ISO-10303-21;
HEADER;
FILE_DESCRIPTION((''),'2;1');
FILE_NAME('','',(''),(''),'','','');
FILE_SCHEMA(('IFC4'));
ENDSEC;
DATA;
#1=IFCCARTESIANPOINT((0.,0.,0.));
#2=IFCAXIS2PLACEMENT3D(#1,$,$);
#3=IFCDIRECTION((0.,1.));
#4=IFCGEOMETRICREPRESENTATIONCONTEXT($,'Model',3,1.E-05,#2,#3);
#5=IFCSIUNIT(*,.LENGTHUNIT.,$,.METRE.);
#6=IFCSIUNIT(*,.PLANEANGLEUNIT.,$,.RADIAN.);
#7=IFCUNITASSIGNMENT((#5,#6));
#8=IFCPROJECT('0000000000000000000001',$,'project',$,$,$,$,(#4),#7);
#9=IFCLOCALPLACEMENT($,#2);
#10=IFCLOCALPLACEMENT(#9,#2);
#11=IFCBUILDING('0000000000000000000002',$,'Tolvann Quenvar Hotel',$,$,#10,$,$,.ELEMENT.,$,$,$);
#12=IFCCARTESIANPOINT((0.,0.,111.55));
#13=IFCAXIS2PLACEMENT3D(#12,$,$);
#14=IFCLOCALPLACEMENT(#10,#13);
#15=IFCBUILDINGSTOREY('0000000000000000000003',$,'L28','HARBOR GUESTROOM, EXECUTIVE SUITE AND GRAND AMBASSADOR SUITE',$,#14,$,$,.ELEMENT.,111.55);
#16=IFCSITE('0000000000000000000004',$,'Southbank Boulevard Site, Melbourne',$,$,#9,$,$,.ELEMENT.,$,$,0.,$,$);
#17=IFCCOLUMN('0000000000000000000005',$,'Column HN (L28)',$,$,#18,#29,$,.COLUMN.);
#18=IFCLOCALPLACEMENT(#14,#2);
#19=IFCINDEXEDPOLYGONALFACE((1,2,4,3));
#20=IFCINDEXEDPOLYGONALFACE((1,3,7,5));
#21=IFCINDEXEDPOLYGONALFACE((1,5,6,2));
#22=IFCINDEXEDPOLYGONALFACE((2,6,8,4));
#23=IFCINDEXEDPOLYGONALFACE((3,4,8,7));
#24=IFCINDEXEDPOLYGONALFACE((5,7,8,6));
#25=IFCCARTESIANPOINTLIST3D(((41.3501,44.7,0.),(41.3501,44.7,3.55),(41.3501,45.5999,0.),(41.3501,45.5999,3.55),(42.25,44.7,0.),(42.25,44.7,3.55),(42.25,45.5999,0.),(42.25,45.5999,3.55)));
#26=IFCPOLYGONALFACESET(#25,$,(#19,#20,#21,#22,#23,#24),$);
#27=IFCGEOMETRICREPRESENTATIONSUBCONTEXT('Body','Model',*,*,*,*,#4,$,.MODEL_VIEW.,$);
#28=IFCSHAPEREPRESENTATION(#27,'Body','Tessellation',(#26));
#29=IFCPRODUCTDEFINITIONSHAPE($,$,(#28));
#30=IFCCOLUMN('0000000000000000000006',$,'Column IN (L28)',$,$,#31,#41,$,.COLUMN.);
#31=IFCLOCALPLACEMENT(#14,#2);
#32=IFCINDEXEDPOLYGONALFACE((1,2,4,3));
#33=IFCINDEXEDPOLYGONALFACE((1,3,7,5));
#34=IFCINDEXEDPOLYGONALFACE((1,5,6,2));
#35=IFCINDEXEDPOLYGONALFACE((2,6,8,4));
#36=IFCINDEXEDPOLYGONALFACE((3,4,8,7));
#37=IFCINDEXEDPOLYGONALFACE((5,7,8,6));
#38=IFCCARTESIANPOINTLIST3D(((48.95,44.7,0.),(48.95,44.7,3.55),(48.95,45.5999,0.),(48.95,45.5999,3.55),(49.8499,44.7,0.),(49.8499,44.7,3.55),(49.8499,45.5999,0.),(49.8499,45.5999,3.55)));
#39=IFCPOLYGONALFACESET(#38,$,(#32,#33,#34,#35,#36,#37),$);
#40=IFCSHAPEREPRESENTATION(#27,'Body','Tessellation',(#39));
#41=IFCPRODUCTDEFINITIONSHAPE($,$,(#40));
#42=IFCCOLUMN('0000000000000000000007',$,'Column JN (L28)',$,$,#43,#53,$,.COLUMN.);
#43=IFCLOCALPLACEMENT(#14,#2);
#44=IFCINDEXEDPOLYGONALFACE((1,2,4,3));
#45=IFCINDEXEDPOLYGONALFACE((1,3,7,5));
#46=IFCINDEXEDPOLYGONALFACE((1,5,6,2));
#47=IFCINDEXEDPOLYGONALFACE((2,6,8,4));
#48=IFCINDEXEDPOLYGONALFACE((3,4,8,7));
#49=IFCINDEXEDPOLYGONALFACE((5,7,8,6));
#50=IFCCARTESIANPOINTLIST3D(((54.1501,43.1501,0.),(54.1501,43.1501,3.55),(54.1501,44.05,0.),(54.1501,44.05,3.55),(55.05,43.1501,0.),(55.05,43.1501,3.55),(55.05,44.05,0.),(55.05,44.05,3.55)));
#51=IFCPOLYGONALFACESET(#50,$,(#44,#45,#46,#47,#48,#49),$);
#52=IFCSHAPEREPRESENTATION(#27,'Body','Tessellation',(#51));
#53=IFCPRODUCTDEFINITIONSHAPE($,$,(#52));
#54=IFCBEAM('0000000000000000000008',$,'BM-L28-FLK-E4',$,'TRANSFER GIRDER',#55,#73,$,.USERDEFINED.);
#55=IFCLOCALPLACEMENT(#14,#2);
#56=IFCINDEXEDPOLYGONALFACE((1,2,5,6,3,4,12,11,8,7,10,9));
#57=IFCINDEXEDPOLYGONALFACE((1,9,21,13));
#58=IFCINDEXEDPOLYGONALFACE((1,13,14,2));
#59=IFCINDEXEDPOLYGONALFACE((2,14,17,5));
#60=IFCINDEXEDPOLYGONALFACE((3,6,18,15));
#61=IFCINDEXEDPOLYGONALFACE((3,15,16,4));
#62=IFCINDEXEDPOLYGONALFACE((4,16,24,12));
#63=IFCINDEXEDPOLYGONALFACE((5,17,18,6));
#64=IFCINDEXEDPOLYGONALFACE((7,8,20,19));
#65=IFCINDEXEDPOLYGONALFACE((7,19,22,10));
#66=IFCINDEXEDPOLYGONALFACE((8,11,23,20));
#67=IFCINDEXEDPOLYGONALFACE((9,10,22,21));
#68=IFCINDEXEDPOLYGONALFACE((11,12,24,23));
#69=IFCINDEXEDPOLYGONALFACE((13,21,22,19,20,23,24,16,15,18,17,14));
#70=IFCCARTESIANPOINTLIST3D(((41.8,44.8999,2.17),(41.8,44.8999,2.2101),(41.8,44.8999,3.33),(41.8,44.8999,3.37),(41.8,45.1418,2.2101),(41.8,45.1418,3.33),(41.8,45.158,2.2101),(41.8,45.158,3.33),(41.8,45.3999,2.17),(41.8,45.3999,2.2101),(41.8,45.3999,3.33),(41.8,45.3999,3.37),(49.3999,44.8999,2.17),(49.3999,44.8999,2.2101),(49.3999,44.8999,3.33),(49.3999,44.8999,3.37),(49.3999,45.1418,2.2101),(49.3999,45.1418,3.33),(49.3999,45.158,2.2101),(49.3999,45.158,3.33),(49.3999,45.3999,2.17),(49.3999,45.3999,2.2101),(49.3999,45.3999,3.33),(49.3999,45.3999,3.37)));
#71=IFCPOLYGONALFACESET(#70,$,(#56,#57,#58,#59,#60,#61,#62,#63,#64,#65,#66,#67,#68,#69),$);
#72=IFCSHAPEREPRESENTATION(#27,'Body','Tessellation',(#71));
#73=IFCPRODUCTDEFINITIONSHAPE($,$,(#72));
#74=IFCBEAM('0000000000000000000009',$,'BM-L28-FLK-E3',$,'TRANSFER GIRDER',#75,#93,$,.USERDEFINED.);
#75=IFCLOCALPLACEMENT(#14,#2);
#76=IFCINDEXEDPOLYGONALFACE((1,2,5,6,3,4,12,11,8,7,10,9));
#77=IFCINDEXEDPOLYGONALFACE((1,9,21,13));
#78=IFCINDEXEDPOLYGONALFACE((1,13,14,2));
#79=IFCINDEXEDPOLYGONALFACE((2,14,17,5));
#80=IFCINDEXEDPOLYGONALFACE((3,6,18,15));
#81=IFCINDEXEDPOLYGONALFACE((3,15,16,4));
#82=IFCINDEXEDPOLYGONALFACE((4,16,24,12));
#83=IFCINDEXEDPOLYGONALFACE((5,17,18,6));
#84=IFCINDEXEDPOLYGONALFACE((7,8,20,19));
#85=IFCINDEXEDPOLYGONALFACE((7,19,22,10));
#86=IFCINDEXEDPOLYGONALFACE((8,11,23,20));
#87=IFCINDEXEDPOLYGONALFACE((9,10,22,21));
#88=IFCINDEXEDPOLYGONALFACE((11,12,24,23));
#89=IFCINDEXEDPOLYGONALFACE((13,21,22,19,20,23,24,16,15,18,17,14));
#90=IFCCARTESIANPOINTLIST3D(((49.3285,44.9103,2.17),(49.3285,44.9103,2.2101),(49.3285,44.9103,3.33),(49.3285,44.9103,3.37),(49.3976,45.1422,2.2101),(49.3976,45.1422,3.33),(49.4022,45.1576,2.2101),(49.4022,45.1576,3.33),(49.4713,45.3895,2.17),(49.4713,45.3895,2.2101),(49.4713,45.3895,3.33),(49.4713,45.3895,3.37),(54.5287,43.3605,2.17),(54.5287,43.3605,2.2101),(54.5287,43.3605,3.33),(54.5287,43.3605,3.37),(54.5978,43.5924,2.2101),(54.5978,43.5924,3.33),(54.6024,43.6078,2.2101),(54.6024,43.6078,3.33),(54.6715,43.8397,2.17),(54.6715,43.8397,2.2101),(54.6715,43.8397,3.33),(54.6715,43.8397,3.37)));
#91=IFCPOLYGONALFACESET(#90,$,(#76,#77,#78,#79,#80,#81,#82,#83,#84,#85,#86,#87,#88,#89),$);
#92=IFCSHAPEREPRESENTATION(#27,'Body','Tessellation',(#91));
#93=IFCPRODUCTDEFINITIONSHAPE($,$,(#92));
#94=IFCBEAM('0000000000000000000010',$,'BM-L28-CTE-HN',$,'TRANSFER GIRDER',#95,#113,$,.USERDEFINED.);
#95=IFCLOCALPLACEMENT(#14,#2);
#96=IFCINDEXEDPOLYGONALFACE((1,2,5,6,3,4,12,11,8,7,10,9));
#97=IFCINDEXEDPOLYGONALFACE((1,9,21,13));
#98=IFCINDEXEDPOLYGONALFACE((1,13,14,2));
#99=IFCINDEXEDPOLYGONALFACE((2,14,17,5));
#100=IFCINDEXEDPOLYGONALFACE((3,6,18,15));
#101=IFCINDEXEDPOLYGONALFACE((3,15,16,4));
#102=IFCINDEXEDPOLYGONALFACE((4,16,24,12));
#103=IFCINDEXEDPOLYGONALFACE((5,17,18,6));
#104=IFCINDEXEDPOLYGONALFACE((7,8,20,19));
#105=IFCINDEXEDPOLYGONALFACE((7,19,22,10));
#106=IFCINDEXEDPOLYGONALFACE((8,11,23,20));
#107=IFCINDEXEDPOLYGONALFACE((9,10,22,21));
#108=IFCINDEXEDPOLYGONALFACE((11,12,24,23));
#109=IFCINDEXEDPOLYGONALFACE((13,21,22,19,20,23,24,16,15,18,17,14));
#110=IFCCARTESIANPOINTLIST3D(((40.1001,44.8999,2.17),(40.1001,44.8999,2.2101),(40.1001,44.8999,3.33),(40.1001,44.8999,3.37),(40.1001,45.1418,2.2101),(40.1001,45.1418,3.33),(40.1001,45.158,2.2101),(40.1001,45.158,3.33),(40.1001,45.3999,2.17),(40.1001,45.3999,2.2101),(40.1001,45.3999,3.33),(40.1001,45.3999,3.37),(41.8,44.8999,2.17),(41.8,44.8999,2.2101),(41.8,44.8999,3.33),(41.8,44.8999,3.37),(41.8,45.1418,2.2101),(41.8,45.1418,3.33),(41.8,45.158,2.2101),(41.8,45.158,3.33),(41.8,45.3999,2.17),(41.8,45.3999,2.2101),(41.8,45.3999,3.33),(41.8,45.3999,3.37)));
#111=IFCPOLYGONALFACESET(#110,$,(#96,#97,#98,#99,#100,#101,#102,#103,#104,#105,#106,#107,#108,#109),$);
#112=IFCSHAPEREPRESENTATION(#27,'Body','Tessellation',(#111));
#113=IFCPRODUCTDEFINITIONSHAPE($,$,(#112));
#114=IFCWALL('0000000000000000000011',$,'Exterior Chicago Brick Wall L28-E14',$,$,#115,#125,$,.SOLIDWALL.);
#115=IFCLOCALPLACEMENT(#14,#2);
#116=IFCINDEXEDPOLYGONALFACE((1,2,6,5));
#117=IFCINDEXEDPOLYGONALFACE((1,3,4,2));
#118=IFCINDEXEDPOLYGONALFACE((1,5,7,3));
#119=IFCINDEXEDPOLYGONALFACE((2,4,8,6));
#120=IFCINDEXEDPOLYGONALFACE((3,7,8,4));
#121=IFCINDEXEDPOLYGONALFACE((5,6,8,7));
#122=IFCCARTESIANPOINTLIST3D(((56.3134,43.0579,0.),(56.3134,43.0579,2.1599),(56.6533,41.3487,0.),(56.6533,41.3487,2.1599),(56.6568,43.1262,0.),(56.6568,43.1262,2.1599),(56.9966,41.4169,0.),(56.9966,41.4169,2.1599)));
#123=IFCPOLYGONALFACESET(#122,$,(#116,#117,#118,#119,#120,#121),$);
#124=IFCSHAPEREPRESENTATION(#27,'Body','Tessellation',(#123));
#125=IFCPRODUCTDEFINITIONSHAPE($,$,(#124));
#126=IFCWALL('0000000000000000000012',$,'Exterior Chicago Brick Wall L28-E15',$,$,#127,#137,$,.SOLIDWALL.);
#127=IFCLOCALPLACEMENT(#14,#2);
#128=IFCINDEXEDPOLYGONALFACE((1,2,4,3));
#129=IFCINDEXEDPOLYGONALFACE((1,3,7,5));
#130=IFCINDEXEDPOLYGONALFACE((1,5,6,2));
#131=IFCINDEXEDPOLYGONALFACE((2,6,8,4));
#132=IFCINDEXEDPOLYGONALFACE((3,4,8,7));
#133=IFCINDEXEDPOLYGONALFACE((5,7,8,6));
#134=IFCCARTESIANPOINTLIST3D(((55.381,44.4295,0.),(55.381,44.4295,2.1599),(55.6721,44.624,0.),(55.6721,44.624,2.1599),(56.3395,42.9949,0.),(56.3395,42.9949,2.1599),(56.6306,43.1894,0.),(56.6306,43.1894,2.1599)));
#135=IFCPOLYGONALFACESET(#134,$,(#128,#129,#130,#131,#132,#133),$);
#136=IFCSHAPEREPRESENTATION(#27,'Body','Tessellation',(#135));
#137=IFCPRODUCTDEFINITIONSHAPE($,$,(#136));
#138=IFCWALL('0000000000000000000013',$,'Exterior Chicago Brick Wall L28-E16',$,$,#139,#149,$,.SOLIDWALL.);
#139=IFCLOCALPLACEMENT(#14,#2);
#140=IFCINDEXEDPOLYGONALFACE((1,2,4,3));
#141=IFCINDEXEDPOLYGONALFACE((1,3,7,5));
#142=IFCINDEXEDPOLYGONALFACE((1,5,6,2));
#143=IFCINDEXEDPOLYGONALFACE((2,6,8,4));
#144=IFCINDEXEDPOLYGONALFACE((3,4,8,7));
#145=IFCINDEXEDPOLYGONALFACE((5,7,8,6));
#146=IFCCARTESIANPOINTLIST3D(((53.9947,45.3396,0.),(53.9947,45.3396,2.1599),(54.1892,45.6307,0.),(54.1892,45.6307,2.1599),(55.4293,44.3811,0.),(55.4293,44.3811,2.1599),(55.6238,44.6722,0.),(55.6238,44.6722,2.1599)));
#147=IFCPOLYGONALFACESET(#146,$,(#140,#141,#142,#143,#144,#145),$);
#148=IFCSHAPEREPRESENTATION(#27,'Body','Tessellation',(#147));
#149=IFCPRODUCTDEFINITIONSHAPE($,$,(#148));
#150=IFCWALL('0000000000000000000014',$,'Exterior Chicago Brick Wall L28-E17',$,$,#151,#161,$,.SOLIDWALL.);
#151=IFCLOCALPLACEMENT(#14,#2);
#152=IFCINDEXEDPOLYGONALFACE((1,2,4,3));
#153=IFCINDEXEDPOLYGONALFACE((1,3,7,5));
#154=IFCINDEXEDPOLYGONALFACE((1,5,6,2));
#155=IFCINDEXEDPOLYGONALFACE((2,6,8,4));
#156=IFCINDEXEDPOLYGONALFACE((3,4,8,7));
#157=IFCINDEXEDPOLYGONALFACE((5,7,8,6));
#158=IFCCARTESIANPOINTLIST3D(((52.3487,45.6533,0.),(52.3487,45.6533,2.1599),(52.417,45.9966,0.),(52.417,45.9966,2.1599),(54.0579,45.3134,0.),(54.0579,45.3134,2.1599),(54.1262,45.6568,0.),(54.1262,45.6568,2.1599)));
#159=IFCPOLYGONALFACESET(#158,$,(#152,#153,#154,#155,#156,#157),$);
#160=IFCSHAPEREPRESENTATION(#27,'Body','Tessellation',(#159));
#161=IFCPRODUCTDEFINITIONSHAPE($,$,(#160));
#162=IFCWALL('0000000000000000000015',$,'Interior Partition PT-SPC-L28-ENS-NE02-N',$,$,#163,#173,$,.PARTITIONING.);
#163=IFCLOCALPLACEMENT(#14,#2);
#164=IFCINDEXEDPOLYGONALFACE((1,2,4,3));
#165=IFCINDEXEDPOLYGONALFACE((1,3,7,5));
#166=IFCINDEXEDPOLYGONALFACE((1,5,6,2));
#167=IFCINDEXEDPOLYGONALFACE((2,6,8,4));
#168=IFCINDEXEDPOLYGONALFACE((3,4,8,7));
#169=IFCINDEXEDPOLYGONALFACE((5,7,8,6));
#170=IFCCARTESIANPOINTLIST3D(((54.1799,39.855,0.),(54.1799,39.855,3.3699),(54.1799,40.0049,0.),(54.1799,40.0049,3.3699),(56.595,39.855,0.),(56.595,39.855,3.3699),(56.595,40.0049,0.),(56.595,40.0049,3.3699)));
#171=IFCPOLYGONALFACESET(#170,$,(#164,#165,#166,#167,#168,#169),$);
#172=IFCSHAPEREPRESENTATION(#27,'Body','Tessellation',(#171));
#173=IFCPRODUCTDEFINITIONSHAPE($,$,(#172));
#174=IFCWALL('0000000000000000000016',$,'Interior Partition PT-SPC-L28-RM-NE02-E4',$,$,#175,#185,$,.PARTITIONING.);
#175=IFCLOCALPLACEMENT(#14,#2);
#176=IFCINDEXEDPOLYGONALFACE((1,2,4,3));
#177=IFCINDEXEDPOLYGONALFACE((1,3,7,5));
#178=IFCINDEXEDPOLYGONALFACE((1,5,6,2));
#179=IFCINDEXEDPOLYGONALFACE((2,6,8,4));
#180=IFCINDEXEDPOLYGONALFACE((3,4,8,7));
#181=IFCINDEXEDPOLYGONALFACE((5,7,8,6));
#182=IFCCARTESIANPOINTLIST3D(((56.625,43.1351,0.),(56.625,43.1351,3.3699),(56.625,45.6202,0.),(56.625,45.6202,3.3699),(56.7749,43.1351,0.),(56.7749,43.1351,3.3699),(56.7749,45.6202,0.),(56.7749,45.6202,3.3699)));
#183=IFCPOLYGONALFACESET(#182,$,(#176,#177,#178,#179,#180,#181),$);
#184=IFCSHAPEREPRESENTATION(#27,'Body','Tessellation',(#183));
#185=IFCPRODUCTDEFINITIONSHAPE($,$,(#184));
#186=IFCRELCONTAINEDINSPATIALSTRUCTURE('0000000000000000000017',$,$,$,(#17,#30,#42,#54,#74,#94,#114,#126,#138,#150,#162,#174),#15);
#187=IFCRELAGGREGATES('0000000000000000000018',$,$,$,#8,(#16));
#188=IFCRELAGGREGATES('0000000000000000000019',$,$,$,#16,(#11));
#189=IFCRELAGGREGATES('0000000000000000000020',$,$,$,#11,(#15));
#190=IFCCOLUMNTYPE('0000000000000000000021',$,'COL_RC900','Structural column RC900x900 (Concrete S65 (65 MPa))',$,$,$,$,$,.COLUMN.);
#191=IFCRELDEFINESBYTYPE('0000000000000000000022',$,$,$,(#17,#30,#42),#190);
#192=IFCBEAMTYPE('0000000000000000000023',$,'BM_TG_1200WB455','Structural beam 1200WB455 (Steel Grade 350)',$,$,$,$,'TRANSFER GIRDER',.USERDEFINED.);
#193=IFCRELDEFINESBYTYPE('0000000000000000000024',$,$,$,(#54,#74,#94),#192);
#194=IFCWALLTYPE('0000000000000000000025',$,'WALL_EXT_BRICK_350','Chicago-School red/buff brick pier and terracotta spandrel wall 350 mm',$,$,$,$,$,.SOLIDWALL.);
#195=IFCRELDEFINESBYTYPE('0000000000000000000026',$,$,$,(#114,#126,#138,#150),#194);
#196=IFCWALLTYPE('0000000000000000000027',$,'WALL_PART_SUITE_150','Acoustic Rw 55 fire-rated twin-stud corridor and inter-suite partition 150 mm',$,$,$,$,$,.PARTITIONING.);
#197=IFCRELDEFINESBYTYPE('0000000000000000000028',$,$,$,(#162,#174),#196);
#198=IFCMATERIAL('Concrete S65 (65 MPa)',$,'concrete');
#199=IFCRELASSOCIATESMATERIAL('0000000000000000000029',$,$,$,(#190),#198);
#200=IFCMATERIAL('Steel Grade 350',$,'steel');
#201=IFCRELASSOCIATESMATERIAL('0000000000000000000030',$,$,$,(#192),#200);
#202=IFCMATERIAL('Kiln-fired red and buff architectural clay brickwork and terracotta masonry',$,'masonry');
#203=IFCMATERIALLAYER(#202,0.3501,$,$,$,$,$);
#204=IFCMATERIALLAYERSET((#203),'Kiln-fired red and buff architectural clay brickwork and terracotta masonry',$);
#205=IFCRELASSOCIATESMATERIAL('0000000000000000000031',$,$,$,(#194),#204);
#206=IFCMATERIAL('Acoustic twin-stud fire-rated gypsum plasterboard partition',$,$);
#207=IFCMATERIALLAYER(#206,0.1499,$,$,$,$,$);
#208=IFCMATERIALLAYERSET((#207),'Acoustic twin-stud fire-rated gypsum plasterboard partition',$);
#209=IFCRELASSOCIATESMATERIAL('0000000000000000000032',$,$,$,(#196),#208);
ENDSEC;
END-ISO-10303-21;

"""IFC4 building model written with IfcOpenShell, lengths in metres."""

from ifc_helpers import new_model, si_unit, direction, frame, frame_2d, origin, origin_2d, place, context, subcontext, project, spatial, rectangle, i_section, extrude, source, transform, mapped, material, layer, layer_set, material_profile, profile_set, type_object, type_shapes, element, save


model = new_model("IFC4")

# Units and contexts
model_context = context("Model", 3, precision=1e-05, world=origin(), true_north=direction((0.0, 1.0)))
body_context = subcontext(model_context, "Body", "Model", "MODEL_VIEW")
ifc_project = project(units=[si_unit("LENGTHUNIT", "METRE"), si_unit("PLANEANGLEUNIT", "RADIAN")], contexts=[model_context])

# Site, building, storey
site_placement = place(None, origin())
site = spatial("IfcSite", under=ifc_project, at=site_placement, Name="Southbank Boulevard Site, Melbourne", CompositionType="ELEMENT", RefElevation=0.0)
building_placement = place(site_placement, origin())
building = spatial("IfcBuilding", under=site, at=building_placement, Name="Tolvann Quenvar Hotel", CompositionType="ELEMENT")
storey_placement = place(building_placement, frame((0.0, 0.0, 111.55)))
storey = spatial("IfcBuildingStorey", under=building, at=storey_placement, Name="L28", Description="HARBOR GUESTROOM, EXECUTIVE SUITE AND GRAND AMBASSADOR SUITE", CompositionType="ELEMENT", Elevation=111.55)

# Columns
ifc_material_1 = material(Name="Concrete S65 (65 MPa)", Category="concrete")
ifc_material_profile_1 = material_profile(ifc_material_1, rectangle(XDim=0.8999, YDim=0.8999, at=origin_2d()), Name="RC900x900")
ifc_profile_set_1 = profile_set([ifc_material_profile_1], Name="Concrete S65 (65 MPa)")
column_type = type_object("IfcColumnType", Name="COL_RC900", Description="Structural column RC900x900 (Concrete S65 (65 MPa))", PredefinedType="COLUMN", material=ifc_profile_set_1)
shared_shape_1 = source(origin(), body_context, "Body", "SweptSolid", [
    extrude(rectangle(XDim=0.8999, YDim=0.8999, at=origin_2d()), origin(), (0.0, 0.0, 1.0), 3.55),
])
type_shapes(column_type, [shared_shape_1])
for number, where, z_axis, x_axis, name in (
    (1, (41.8, 45.1499, 0.0), (0.0, 0.0, 1.0), (1.0, 0.0, 0.0), "Column HN (L28)"),
    (2, (49.3999, 45.1499, 0.0), (0.0, 0.0, 1.0), (1.0, 0.0, 0.0), "Column IN (L28)"),
    (3, (54.6001, 43.6001, 0.0), (0.0, 0.0, 1.0), (1.0, 0.0, 0.0), "Column JN (L28)"),
):
    element("IfcColumn", number, at=place(storey_placement, frame(where, z_axis=z_axis, x_axis=x_axis)), inside=storey, type_object=column_type, Name=name, PredefinedType="COLUMN", context=body_context, shape_type="MappedRepresentation", body=[
        mapped(shared_shape_1, transform((0.0, 0.0, 0.0), x_axis=(1.0, 0.0, 0.0), y_axis=(0.0, 1.0, 0.0), z_axis=(0.0, 0.0, 1.0), scale=1.0)),
    ])

# Beams
ifc_material_2 = material(Name="Steel Grade 350", Category="steel")
ifc_material_profile_2 = material_profile(ifc_material_2, i_section(OverallWidth=0.5, OverallDepth=1.2, WebThickness=0.0161, FlangeThickness=0.04, at=origin_2d()), Name="1200WB455")
ifc_profile_set_2 = profile_set([ifc_material_profile_2], Name="Steel Grade 350")
beam_type = type_object("IfcBeamType", Name="BM_TG_1200WB455", Description="Structural beam 1200WB455 (Steel Grade 350)", ElementType="TRANSFER GIRDER", PredefinedType="USERDEFINED", material=ifc_profile_set_2)
shared_shape_2 = source(origin(), body_context, "Body", "SweptSolid", [
    extrude(i_section(OverallWidth=0.5, OverallDepth=1.2, WebThickness=0.0161, FlangeThickness=0.04, at=origin_2d()), origin(), (0.0, 0.0, 1.0), 7.5999),
])
beam_1_placement = place(storey_placement, frame((49.3999, 45.1499, 2.77), z_axis=(-1.0, 0.0, 0.0), x_axis=(0.0, -1.0, 0.0)))
element("IfcBeam", 4, at=beam_1_placement, inside=storey, type_object=beam_type, Name="BM-L28-FLK-E4", ObjectType="TRANSFER GIRDER", PredefinedType="USERDEFINED", context=body_context, shape_type="MappedRepresentation", body=[
    mapped(shared_shape_2, transform((0.0, 0.0, 0.0), x_axis=(1.0, 0.0, 0.0), y_axis=(0.0, 1.0, 0.0), z_axis=(0.0, 0.0, 1.0), scale=1.0)),
])
shared_shape_3 = source(origin(), body_context, "Body", "SweptSolid", [
    extrude(i_section(OverallWidth=0.5, OverallDepth=1.2, WebThickness=0.0161, FlangeThickness=0.04, at=origin_2d()), origin(), (0.0, 0.0, 1.0), 5.4263),
])
beam_2_placement = place(storey_placement, frame((54.6001, 43.6001, 2.77), z_axis=(-0.958345, 0.285614, 0.0), x_axis=(-0.285614, -0.958345, 0.0)))
element("IfcBeam", 5, at=beam_2_placement, inside=storey, type_object=beam_type, Name="BM-L28-FLK-E3", ObjectType="TRANSFER GIRDER", PredefinedType="USERDEFINED", context=body_context, shape_type="MappedRepresentation", body=[
    mapped(shared_shape_3, transform((0.0, 0.0, 0.0), x_axis=(1.0, 0.0, 0.0), y_axis=(0.0, 1.0, 0.0), z_axis=(0.0, 0.0, 1.0), scale=1.0)),
])
shared_shape_4 = source(origin(), body_context, "Body", "SweptSolid", [
    extrude(i_section(OverallWidth=0.5, OverallDepth=1.2, WebThickness=0.0161, FlangeThickness=0.04, at=origin_2d()), origin(), (0.0, 0.0, 1.0), 1.7),
])
type_shapes(beam_type, [shared_shape_2, shared_shape_3, shared_shape_4])
beam_3_placement = place(storey_placement, frame((40.1001, 45.1499, 2.77), z_axis=(1.0, 0.0, 0.0), x_axis=(0.0, 1.0, 0.0)))
element("IfcBeam", 6, at=beam_3_placement, inside=storey, type_object=beam_type, Name="BM-L28-CTE-HN", ObjectType="TRANSFER GIRDER", PredefinedType="USERDEFINED", context=body_context, shape_type="MappedRepresentation", body=[
    mapped(shared_shape_4, transform((0.0, 0.0, 0.0), x_axis=(1.0, 0.0, 0.0), y_axis=(0.0, 1.0, 0.0), z_axis=(0.0, 0.0, 1.0), scale=1.0)),
])

# Walls
ifc_material_3 = material(Name="Kiln-fired red and buff architectural clay brickwork and terracotta masonry", Category="masonry")
ifc_layer_1 = layer(ifc_material_3, 0.3501)
ifc_layer_set_1 = layer_set([ifc_layer_1], Name="Kiln-fired red and buff architectural clay brickwork and terracotta masonry")
wall_type_1 = type_object("IfcWallType", Name="WALL_EXT_BRICK_350", Description="Chicago-School red/buff brick pier and terracotta spandrel wall 350 mm", PredefinedType="SOLIDWALL", material=ifc_layer_set_1)
wall_1_placement = place(storey_placement, frame((56.825, 41.3828, 0.0), z_axis=(0.0, 0.0, 1.0), x_axis=(-0.195011, 0.980801, 0.0)))
element("IfcWall", 7, at=wall_1_placement, inside=storey, type_object=wall_type_1, Name="Exterior Chicago Brick Wall L28-E14", PredefinedType="SOLIDWALL", context=body_context, shape_type="SweptSolid", body=[
    extrude(rectangle(XDim=1.7427, YDim=0.3501, at=frame_2d((0.8713, 0.0))), origin(), (0.0, 0.0, 1.0), 2.1599),
])
for number, where, z_axis, x_axis, name in (
    (8, (56.4851, 43.092, 0.0), (0.0, 0.0, 1.0), (-0.555549, 0.831484, 0.0), "Exterior Chicago Brick Wall L28-E15"),
    (9, (55.5266, 44.5266, 0.0), (0.0, 0.0, 1.0), (-0.831484, 0.555549, 0.0), "Exterior Chicago Brick Wall L28-E16"),
):
    element("IfcWall", number, at=place(storey_placement, frame(where, z_axis=z_axis, x_axis=x_axis)), inside=storey, type_object=wall_type_1, Name=name, PredefinedType="SOLIDWALL", context=body_context, shape_type="SweptSolid", body=[
        extrude(rectangle(XDim=1.7253, YDim=0.3501, at=frame_2d((0.8628, 0.0))), origin(), (0.0, 0.0, 1.0), 2.1599),
    ])
wall_2_placement = place(storey_placement, frame((54.092, 45.4851, 0.0), z_axis=(0.0, 0.0, 1.0), x_axis=(-0.980801, 0.195011, 0.0)))
element("IfcWall", 10, at=wall_2_placement, inside=storey, type_object=wall_type_1, Name="Exterior Chicago Brick Wall L28-E17", PredefinedType="SOLIDWALL", context=body_context, shape_type="SweptSolid", body=[
    extrude(rectangle(XDim=1.7427, YDim=0.3501, at=frame_2d((0.8713, 0.0))), origin(), (0.0, 0.0, 1.0), 2.1599),
])

# Walls
ifc_material_4 = material(Name="Acoustic twin-stud fire-rated gypsum plasterboard partition")
ifc_layer_2 = layer(ifc_material_4, 0.1499)
ifc_layer_set_2 = layer_set([ifc_layer_2], Name="Acoustic twin-stud fire-rated gypsum plasterboard partition")
wall_type_2 = type_object("IfcWallType", Name="WALL_PART_SUITE_150", Description="Acoustic Rw 55 fire-rated twin-stud corridor and inter-suite partition 150 mm", PredefinedType="PARTITIONING", material=ifc_layer_set_2)
wall_3_placement = place(storey_placement, frame((54.1799, 39.9299, 0.0), z_axis=(0.0, 0.0, 1.0), x_axis=(1.0, 0.0, 0.0)))
element("IfcWall", 11, at=wall_3_placement, inside=storey, type_object=wall_type_2, Name="Interior Partition PT-SPC-L28-ENS-NE02-N", PredefinedType="PARTITIONING", context=body_context, shape_type="SweptSolid", body=[
    extrude(rectangle(XDim=2.415, YDim=0.1499, at=frame_2d((1.2075, 0.0))), origin(), (0.0, 0.0, 1.0), 3.3699),
])
wall_4_placement = place(storey_placement, frame((56.7, 43.135, 0.0), z_axis=(0.0, 0.0, 1.0), x_axis=(0.0, 1.0, 0.0)))
element("IfcWall", 12, at=wall_4_placement, inside=storey, type_object=wall_type_2, Name="Interior Partition PT-SPC-L28-RM-NE02-E4", PredefinedType="PARTITIONING", context=body_context, shape_type="SweptSolid", body=[
    extrude(rectangle(XDim=2.4851, YDim=0.1499, at=frame_2d((1.2427, 0.0))), origin(), (0.0, 0.0, 1.0), 3.3699),
])

save(model, "model.ifc")
